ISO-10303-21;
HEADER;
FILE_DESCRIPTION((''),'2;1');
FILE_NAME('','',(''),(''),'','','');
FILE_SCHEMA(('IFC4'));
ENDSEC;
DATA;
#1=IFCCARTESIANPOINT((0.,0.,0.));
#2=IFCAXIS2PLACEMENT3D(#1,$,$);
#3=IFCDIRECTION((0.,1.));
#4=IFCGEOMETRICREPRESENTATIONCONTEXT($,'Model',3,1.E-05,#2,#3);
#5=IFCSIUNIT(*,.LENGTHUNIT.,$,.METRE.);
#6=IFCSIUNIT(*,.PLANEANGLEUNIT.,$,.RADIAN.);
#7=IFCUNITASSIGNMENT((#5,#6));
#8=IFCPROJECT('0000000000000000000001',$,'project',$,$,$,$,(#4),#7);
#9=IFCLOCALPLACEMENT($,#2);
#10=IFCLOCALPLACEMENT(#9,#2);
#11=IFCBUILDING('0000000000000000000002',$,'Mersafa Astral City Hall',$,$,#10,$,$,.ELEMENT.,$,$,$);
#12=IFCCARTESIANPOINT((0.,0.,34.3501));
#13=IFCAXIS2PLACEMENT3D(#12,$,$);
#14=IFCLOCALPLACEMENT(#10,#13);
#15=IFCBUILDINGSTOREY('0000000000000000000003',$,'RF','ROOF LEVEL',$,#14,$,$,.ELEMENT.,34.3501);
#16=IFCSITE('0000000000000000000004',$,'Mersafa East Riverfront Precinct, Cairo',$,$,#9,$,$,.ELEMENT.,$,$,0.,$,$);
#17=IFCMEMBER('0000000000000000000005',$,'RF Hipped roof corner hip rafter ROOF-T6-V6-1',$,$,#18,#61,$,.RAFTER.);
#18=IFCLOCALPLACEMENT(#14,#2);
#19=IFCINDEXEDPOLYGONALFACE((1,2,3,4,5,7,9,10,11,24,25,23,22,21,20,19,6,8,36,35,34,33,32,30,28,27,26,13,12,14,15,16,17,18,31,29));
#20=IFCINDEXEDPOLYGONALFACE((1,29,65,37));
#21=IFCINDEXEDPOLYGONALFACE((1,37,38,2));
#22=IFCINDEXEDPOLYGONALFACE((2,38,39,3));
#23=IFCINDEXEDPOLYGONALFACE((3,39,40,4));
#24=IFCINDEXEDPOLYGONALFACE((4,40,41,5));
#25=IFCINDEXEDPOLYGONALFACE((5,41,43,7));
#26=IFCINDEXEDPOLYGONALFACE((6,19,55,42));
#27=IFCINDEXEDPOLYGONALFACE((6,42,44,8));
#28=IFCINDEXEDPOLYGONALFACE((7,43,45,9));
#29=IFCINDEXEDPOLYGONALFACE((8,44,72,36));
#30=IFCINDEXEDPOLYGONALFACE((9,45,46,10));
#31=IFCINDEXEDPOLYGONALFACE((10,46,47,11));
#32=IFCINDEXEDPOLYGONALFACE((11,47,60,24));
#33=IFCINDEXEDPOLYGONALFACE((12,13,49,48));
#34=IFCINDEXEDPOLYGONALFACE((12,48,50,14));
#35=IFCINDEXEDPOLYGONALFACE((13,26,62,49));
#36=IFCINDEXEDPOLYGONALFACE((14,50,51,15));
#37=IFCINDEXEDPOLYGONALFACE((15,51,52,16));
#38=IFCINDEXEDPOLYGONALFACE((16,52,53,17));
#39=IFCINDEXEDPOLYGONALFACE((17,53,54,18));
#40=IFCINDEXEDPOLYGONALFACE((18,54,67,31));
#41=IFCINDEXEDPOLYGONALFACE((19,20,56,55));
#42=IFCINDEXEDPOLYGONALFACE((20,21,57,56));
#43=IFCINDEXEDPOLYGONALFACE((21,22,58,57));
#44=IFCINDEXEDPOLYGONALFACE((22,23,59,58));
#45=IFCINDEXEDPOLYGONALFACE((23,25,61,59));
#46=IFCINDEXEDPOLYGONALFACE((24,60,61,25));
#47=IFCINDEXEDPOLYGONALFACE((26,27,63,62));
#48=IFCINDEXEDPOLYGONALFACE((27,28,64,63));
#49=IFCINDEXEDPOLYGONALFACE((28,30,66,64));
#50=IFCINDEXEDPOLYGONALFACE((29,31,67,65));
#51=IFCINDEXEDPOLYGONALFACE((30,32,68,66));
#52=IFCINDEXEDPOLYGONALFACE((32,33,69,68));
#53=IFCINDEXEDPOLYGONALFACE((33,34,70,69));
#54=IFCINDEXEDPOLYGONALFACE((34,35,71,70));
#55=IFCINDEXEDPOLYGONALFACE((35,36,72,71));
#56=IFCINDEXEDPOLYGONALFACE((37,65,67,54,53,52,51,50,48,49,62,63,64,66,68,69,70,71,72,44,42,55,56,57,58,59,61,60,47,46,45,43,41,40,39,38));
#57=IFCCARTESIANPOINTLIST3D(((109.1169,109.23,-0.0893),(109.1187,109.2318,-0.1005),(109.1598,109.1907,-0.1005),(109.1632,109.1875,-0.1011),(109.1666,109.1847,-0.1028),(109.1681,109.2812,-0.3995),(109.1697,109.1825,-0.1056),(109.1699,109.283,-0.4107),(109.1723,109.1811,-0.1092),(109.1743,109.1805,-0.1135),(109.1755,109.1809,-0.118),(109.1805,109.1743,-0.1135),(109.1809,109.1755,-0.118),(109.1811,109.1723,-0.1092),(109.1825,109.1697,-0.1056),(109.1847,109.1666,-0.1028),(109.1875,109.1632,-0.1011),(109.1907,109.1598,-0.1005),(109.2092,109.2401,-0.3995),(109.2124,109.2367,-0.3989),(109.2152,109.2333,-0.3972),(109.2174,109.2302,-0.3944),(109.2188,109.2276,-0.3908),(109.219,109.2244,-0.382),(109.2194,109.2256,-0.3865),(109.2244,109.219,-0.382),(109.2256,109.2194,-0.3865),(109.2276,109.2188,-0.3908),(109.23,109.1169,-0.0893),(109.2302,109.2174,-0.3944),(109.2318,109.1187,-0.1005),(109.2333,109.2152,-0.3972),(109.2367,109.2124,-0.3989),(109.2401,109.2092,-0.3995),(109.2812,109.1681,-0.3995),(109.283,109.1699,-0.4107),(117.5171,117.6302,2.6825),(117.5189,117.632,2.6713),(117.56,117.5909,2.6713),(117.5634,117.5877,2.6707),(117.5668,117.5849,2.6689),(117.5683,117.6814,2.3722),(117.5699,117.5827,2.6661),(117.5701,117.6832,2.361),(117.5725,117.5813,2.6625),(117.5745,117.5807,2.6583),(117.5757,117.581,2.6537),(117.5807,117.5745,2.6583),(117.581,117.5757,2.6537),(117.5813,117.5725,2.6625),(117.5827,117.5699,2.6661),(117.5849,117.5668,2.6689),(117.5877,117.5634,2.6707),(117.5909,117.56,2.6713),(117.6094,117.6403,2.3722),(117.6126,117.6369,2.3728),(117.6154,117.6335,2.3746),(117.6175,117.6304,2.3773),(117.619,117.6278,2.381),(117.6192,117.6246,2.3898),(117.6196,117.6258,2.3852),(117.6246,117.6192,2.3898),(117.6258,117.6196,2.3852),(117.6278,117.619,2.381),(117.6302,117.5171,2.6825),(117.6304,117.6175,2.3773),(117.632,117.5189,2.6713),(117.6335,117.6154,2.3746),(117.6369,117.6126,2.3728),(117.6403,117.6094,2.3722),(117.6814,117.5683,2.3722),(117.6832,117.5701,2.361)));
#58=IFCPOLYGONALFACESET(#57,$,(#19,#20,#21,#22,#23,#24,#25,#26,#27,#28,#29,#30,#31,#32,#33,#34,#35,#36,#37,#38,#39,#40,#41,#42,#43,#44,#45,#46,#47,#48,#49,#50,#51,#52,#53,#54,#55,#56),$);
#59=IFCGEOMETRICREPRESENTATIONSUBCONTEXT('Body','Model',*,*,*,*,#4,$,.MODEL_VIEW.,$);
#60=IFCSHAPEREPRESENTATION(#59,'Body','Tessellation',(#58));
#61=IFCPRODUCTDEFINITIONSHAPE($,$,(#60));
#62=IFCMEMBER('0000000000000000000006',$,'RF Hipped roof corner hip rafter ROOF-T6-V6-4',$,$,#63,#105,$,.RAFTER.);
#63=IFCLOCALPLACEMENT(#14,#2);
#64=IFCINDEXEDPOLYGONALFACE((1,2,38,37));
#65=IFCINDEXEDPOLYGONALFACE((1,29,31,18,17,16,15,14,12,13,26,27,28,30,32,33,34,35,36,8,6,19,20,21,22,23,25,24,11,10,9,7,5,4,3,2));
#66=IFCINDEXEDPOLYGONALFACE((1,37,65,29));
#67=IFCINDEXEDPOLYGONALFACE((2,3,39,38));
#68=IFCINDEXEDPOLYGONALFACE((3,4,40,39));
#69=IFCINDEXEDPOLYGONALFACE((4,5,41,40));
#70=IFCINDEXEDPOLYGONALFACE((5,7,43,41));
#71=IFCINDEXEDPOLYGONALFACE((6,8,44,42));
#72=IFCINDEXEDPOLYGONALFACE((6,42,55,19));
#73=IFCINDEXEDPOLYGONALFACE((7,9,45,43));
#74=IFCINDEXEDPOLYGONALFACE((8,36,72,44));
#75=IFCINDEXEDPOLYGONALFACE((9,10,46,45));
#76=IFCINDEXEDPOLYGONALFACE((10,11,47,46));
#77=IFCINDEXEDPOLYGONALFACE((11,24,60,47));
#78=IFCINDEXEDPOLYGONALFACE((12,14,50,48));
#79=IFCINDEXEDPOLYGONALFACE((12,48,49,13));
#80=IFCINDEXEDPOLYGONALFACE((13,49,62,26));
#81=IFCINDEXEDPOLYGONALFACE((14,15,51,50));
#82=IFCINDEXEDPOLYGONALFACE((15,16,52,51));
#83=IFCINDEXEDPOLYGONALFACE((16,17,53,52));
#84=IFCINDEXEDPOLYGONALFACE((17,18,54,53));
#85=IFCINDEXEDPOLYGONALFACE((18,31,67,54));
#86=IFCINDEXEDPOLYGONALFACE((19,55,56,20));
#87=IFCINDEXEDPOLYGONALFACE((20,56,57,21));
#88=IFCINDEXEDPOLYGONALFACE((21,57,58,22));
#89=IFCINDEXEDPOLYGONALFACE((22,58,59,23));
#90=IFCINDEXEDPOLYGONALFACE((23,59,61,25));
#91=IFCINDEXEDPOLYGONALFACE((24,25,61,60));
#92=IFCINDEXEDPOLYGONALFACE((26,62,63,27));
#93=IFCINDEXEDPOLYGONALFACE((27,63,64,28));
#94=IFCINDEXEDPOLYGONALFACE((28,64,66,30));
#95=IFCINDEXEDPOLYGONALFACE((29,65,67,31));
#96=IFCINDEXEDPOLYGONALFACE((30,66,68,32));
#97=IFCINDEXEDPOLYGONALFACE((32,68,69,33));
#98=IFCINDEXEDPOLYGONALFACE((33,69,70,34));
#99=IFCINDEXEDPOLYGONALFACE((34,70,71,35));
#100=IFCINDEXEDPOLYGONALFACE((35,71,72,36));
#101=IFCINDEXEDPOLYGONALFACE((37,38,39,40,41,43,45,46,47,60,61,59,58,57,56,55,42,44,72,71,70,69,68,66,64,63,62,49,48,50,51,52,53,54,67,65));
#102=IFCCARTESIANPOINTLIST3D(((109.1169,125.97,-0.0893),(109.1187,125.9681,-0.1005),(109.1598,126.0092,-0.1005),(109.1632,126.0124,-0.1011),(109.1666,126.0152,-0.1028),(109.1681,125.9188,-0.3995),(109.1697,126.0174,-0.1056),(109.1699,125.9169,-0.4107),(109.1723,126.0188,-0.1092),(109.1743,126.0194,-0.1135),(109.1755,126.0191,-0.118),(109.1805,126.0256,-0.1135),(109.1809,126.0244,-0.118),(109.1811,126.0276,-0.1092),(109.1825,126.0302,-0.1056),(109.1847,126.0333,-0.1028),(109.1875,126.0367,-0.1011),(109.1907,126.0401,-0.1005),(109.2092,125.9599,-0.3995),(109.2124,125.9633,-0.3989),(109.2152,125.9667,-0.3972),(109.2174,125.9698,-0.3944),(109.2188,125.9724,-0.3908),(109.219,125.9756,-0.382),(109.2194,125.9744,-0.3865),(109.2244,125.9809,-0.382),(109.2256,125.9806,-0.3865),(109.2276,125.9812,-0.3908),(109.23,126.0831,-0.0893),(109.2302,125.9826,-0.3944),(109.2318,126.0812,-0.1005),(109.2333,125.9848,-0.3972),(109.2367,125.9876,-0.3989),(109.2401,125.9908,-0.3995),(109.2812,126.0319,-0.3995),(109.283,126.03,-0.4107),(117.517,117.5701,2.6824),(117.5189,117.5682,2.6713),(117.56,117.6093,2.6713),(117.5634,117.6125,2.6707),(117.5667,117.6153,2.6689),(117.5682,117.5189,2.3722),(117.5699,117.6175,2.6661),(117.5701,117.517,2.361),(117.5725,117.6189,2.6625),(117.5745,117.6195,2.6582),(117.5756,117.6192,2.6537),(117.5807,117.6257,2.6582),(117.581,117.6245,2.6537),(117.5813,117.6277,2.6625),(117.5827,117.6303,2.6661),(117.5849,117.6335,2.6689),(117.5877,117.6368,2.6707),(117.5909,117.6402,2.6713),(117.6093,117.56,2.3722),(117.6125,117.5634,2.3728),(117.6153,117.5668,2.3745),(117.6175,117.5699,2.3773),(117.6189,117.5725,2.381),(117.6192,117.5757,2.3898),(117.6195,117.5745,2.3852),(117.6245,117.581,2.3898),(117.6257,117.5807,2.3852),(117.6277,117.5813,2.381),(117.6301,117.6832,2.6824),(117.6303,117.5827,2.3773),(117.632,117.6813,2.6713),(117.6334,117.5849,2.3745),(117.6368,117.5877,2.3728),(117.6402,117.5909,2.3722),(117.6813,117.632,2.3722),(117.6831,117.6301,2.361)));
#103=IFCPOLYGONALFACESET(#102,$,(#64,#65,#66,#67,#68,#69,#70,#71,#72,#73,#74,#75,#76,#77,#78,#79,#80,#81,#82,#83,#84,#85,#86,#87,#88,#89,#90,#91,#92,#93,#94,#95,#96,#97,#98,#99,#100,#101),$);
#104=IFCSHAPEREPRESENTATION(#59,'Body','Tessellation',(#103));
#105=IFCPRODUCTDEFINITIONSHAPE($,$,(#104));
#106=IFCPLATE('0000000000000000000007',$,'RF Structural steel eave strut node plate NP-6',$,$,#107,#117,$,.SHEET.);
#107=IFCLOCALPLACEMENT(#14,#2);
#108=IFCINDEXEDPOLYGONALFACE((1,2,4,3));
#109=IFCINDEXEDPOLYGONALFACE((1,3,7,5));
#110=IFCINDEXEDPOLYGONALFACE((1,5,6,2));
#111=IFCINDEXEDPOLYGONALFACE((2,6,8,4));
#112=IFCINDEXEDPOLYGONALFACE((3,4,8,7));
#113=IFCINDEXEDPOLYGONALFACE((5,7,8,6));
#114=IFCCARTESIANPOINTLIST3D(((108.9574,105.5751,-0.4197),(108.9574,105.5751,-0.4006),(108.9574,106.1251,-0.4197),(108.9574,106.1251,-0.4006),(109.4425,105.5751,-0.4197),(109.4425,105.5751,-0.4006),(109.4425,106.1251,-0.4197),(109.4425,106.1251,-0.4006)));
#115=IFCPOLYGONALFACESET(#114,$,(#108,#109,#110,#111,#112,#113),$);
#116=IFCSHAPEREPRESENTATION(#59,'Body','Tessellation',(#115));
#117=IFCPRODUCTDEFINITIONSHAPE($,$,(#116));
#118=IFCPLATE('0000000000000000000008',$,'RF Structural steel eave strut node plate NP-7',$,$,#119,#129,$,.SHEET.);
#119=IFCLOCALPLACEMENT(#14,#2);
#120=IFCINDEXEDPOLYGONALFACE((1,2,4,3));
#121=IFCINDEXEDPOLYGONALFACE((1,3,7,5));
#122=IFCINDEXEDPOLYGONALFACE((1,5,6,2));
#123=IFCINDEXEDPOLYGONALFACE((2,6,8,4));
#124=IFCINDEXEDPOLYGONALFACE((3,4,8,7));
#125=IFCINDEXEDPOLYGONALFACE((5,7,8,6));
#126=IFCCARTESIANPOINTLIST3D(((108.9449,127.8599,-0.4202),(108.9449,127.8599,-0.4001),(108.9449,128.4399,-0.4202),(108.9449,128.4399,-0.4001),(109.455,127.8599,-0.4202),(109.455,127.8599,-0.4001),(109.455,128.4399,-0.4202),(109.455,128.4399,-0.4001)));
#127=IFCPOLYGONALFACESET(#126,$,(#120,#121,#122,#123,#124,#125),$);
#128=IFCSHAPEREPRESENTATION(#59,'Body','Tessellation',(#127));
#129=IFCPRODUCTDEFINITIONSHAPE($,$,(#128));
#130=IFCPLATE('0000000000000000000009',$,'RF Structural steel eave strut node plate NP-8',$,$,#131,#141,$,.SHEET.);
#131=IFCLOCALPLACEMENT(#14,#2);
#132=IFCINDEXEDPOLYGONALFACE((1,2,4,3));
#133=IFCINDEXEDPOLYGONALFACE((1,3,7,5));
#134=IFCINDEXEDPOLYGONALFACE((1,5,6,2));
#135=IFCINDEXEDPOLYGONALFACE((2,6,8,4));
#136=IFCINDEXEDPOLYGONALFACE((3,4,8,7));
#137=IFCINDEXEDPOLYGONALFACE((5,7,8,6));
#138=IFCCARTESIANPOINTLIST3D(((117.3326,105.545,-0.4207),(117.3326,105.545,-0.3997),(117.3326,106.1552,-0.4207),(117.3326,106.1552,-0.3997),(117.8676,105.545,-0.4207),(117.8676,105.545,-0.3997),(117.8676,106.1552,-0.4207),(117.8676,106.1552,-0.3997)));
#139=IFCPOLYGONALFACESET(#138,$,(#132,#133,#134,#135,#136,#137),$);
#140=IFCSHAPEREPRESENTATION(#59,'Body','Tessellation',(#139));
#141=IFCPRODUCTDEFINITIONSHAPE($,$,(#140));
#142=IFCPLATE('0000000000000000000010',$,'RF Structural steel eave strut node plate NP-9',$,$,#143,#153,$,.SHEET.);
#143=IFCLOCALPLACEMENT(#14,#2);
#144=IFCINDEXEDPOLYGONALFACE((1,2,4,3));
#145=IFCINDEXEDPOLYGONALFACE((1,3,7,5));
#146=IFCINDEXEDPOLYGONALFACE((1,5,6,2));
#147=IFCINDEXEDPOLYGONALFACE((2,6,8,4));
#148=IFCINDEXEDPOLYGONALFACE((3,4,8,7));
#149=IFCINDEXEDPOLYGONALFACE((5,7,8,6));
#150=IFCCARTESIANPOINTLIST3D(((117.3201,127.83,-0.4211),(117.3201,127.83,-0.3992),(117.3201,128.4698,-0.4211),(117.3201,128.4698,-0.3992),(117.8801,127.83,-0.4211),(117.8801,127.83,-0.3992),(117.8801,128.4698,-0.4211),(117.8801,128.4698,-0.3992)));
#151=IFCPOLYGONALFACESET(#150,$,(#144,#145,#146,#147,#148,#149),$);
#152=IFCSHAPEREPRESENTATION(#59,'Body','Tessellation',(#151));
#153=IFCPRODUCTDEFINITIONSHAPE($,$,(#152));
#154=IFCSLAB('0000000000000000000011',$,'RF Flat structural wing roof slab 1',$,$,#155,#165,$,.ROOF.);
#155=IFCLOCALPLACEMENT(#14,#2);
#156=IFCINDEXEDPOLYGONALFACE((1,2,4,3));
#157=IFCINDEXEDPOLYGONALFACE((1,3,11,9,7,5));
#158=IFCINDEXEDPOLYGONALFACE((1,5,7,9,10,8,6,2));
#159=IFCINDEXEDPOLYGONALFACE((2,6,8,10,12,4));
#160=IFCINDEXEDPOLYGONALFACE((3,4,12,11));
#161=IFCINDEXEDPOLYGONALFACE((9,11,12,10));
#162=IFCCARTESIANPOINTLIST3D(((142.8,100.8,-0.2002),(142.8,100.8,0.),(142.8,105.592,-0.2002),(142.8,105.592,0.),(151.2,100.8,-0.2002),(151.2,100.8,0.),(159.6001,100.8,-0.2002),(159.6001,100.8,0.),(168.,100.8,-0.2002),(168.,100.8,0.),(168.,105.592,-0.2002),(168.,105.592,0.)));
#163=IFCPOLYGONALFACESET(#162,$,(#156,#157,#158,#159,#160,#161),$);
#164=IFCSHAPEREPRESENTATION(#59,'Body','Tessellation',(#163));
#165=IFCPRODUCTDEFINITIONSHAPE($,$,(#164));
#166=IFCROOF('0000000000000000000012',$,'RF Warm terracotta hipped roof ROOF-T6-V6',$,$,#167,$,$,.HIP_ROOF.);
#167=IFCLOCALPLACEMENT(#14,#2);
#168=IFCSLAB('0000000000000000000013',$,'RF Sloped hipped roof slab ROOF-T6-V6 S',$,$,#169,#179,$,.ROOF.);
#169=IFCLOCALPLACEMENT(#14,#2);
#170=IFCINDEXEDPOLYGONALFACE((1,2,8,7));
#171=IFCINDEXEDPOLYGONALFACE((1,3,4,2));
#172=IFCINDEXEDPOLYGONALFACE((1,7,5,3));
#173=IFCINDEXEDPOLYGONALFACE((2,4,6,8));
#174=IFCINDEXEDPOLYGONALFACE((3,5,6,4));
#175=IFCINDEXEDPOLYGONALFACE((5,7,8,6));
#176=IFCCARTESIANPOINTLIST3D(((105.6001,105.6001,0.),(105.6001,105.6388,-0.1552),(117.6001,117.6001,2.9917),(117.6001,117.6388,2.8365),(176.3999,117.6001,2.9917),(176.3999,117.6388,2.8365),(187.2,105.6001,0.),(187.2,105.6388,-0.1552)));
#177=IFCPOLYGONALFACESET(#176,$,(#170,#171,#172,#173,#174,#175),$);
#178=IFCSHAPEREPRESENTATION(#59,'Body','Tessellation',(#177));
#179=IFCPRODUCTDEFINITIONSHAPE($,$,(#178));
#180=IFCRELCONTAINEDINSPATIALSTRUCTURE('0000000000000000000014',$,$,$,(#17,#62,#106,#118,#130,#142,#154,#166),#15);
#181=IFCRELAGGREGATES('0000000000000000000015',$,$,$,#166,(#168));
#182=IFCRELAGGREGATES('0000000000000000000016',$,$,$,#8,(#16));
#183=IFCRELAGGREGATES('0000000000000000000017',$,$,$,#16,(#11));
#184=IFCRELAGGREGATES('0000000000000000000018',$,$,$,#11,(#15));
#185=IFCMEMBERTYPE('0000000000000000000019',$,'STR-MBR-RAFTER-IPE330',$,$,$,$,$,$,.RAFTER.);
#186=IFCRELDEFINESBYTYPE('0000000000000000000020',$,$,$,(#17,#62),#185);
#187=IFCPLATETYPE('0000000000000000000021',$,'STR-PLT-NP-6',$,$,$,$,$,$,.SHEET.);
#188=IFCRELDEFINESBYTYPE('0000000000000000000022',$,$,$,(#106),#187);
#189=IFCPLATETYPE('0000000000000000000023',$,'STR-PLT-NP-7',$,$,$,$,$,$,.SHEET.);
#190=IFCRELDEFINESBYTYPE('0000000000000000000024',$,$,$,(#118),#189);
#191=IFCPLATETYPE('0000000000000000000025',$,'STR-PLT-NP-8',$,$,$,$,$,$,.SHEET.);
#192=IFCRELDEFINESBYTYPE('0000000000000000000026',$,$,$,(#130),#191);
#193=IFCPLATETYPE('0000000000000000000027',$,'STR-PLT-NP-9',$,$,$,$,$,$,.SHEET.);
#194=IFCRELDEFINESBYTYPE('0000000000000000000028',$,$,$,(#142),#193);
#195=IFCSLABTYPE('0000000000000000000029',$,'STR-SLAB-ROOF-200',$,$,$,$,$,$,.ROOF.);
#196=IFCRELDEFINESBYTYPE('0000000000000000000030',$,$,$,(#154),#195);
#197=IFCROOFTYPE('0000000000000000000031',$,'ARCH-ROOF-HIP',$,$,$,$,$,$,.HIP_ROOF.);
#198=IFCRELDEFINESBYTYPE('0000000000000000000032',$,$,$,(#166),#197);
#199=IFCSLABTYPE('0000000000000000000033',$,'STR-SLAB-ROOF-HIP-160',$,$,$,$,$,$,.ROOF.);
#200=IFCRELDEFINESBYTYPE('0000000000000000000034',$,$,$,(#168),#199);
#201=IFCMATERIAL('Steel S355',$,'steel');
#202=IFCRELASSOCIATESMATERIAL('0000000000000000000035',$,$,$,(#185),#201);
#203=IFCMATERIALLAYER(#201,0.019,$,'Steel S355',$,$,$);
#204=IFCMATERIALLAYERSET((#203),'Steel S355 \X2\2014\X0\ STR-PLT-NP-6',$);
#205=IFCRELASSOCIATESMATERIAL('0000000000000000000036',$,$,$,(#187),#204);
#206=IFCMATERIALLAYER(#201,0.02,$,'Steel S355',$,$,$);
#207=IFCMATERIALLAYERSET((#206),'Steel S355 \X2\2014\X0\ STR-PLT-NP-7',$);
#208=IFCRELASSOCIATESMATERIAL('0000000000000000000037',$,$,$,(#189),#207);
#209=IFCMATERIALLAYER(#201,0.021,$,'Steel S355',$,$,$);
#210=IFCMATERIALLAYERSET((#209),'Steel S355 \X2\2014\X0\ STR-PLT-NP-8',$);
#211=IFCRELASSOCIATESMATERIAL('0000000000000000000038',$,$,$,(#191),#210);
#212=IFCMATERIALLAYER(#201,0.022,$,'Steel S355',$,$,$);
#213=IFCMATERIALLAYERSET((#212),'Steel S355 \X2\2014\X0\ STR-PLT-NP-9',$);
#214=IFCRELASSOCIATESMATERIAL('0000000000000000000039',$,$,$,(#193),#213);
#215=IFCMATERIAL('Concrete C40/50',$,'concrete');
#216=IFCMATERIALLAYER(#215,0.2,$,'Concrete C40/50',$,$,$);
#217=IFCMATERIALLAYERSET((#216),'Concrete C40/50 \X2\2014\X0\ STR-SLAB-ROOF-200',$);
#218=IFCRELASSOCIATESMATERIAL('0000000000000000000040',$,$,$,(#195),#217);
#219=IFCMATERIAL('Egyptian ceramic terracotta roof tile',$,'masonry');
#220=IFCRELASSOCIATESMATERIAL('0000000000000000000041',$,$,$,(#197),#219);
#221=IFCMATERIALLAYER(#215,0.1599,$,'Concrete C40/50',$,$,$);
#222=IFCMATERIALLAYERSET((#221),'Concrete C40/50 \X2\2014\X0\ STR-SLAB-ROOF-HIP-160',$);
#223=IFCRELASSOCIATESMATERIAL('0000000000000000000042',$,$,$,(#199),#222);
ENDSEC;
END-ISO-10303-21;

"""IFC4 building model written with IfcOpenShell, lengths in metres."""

from ifc_helpers import new_model, si_unit, direction, frame, origin, origin_2d, place, context, subcontext, project, spatial, polyline, rectangle, i_section, outline, extrude, material, layer, layer_set, material_profile, profile_set, type_object, element, aggregate, save


model = new_model("IFC4")

# Units and contexts
model_context = context("Model", 3, precision=1e-05, world=origin(), true_north=direction((0.0, 1.0)))
body_context = subcontext(model_context, "Body", "Model", "MODEL_VIEW")
ifc_project = project(units=[si_unit("LENGTHUNIT", "METRE"), si_unit("PLANEANGLEUNIT", "RADIAN")], contexts=[model_context])

# Site, building, storey
site_placement = place(None, origin())
site = spatial("IfcSite", under=ifc_project, at=site_placement, Name="Mersafa East Riverfront Precinct, Cairo", CompositionType="ELEMENT", RefElevation=0.0)
building_placement = place(site_placement, origin())
building = spatial("IfcBuilding", under=site, at=building_placement, Name="Mersafa Astral City Hall", CompositionType="ELEMENT")
storey_placement = place(building_placement, frame((0.0, 0.0, 34.3501)))
storey = spatial("IfcBuildingStorey", under=building, at=storey_placement, Name="RF", Description="ROOF LEVEL", CompositionType="ELEMENT", Elevation=34.3501)

# Shared definitions
ifc_material_1 = material(Name="Steel S355", Category="steel")

# Members
ifc_material_profile_1 = material_profile(ifc_material_1, i_section(OverallWidth=0.1599, OverallDepth=0.3301, WebThickness=0.0076, FlangeThickness=0.0115, FilletRadius=0.0181, at=origin_2d()), Name="IPE 330")
ifc_profile_set_1 = profile_set([ifc_material_profile_1], Name="Steel S355")
member_type_1 = type_object("IfcMemberType", Name="STR-MBR-RAFTER-IPE330", PredefinedType="RAFTER", material=ifc_profile_set_1)
member_1_placement = place(storey_placement, frame((109.2, 109.2, -0.25), z_axis=(0.688612, 0.688612, 0.227216), x_axis=(-0.707107, 0.707107, 0.0)))
element("IfcMember", 1, at=member_1_placement, inside=storey, type_object=member_type_1, Name="RF Hipped roof corner hip rafter ROOF-T6-V6-1", PredefinedType="RAFTER", context=body_context, shape_type="SweptSolid", body=[
    extrude(i_section(OverallWidth=0.1599, OverallDepth=0.3301, WebThickness=0.0076, FlangeThickness=0.0115, FilletRadius=0.0181, at=origin_2d()), origin(), (0.0, 0.0, 1.0), 12.1987),
])
member_2_placement = place(storey_placement, frame((109.2, 126.0, -0.25), z_axis=(0.688622, -0.688601, 0.227219), x_axis=(0.707097, 0.707117, 0.0)))
element("IfcMember", 2, at=member_2_placement, inside=storey, type_object=member_type_1, Name="RF Hipped roof corner hip rafter ROOF-T6-V6-4", PredefinedType="RAFTER", context=body_context, shape_type="SweptSolid", body=[
    extrude(i_section(OverallWidth=0.1599, OverallDepth=0.3301, WebThickness=0.0076, FlangeThickness=0.0115, FilletRadius=0.0181, at=origin_2d()), origin(), (0.0, 0.0, 1.0), 12.1985),
])

# Plates
ifc_layer_1 = layer(ifc_material_1, 0.019, Name="Steel S355")
ifc_layer_set_1 = layer_set([ifc_layer_1], Name="Steel S355 — STR-PLT-NP-6")
plate_type_1 = type_object("IfcPlateType", Name="STR-PLT-NP-6", PredefinedType="SHEET", material=ifc_layer_set_1)
plate_1_placement = place(storey_placement, frame((109.2, 105.8501, -0.4197), z_axis=(0.0, 0.0, 1.0), x_axis=(1.0, 0.0, 0.0)))
element("IfcPlate", 3, at=plate_1_placement, inside=storey, type_object=plate_type_1, Name="RF Structural steel eave strut node plate NP-6", PredefinedType="SHEET", context=body_context, shape_type="SweptSolid", body=[
    extrude(rectangle(XDim=0.4851, YDim=0.55, at=origin_2d()), origin(), (0.0, 0.0, 1.0), 0.019),
])
ifc_layer_2 = layer(ifc_material_1, 0.02, Name="Steel S355")
ifc_layer_set_2 = layer_set([ifc_layer_2], Name="Steel S355 — STR-PLT-NP-7")
plate_type_2 = type_object("IfcPlateType", Name="STR-PLT-NP-7", PredefinedType="SHEET", material=ifc_layer_set_2)
plate_2_placement = place(storey_placement, frame((109.2, 128.1499, -0.4202), z_axis=(0.0, 0.0, 1.0), x_axis=(1.0, 0.0, 0.0)))
element("IfcPlate", 4, at=plate_2_placement, inside=storey, type_object=plate_type_2, Name="RF Structural steel eave strut node plate NP-7", PredefinedType="SHEET", context=body_context, shape_type="SweptSolid", body=[
    extrude(rectangle(XDim=0.51, YDim=0.5801, at=origin_2d()), origin(), (0.0, 0.0, 1.0), 0.02),
])
ifc_layer_3 = layer(ifc_material_1, 0.021, Name="Steel S355")
ifc_layer_set_3 = layer_set([ifc_layer_3], Name="Steel S355 — STR-PLT-NP-8")
plate_type_3 = type_object("IfcPlateType", Name="STR-PLT-NP-8", PredefinedType="SHEET", material=ifc_layer_set_3)
plate_3_placement = place(storey_placement, frame((117.6001, 105.8501, -0.4207), z_axis=(0.0, 0.0, 1.0), x_axis=(1.0, 0.0, 0.0)))
element("IfcPlate", 5, at=plate_3_placement, inside=storey, type_object=plate_type_3, Name="RF Structural steel eave strut node plate NP-8", PredefinedType="SHEET", context=body_context, shape_type="SweptSolid", body=[
    extrude(rectangle(XDim=0.5349, YDim=0.6101, at=origin_2d()), origin(), (0.0, 0.0, 1.0), 0.021),
])
ifc_layer_4 = layer(ifc_material_1, 0.022, Name="Steel S355")
ifc_layer_set_4 = layer_set([ifc_layer_4], Name="Steel S355 — STR-PLT-NP-9")
plate_type_4 = type_object("IfcPlateType", Name="STR-PLT-NP-9", PredefinedType="SHEET", material=ifc_layer_set_4)
plate_4_placement = place(storey_placement, frame((117.6001, 128.1499, -0.4211), z_axis=(0.0, 0.0, 1.0), x_axis=(1.0, 0.0, 0.0)))
element("IfcPlate", 6, at=plate_4_placement, inside=storey, type_object=plate_type_4, Name="RF Structural steel eave strut node plate NP-9", PredefinedType="SHEET", context=body_context, shape_type="SweptSolid", body=[
    extrude(rectangle(XDim=0.5601, YDim=0.6399, at=origin_2d()), origin(), (0.0, 0.0, 1.0), 0.022),
])

# Slab
ifc_material_2 = material(Name="Concrete C40/50", Category="concrete")
ifc_layer_5 = layer(ifc_material_2, 0.2, Name="Concrete C40/50")
ifc_layer_set_5 = layer_set([ifc_layer_5], Name="Concrete C40/50 — STR-SLAB-ROOF-200")
slab_type_1 = type_object("IfcSlabType", Name="STR-SLAB-ROOF-200", PredefinedType="ROOF", material=ifc_layer_set_5)
slab_1_placement = place(storey_placement, frame((0.0, 0.0, -0.2002)))
element("IfcSlab", 7, at=slab_1_placement, inside=storey, type_object=slab_type_1, Name="RF Flat structural wing roof slab 1", PredefinedType="ROOF", context=body_context, shape_type="SweptSolid", body=[
    extrude(outline(polyline([(142.8, 105.592), (168.0, 105.592), (168.0, 100.8), (159.6001, 100.8), (151.2, 100.8), (142.8, 100.8), (142.8, 105.592)])), origin(), (0.0, 0.0, 1.0), 0.2002),
])

# Roof, slab
ifc_material_3 = material(Name="Egyptian ceramic terracotta roof tile", Category="masonry")
roof_type = type_object("IfcRoofType", Name="ARCH-ROOF-HIP", PredefinedType="HIP_ROOF", material=ifc_material_3)
roof_placement = place(storey_placement, origin())
roof = element("IfcRoof", 8, at=roof_placement, inside=storey, type_object=roof_type, Name="RF Warm terracotta hipped roof ROOF-T6-V6", PredefinedType="HIP_ROOF")
ifc_layer_6 = layer(ifc_material_2, 0.1599, Name="Concrete C40/50")
ifc_layer_set_6 = layer_set([ifc_layer_6], Name="Concrete C40/50 — STR-SLAB-ROOF-HIP-160")
slab_type_2 = type_object("IfcSlabType", Name="STR-SLAB-ROOF-HIP-160", PredefinedType="ROOF", material=ifc_layer_set_6)
slab_2_placement = place(storey_placement, frame((105.6001, 105.6001, 0.0), z_axis=(0.0, -0.241904, 0.9703), x_axis=(1.0, 0.0, 0.0)))
slab_2 = element("IfcSlab", 9, at=slab_2_placement, type_object=slab_type_2, Name="RF Sloped hipped roof slab ROOF-T6-V6 S", PredefinedType="ROOF", context=body_context, shape_type="SweptSolid", body=[
    extrude(outline(polyline([(0.0, 0.0), (81.5999, 0.0), (70.7998, 12.3673), (12.0, 12.3673), (0.0, 0.0)])), origin(), (0.0, 0.0, -1.0), 0.1599),
])
aggregate(roof, [slab_2])

save(model, "model.ifc")
